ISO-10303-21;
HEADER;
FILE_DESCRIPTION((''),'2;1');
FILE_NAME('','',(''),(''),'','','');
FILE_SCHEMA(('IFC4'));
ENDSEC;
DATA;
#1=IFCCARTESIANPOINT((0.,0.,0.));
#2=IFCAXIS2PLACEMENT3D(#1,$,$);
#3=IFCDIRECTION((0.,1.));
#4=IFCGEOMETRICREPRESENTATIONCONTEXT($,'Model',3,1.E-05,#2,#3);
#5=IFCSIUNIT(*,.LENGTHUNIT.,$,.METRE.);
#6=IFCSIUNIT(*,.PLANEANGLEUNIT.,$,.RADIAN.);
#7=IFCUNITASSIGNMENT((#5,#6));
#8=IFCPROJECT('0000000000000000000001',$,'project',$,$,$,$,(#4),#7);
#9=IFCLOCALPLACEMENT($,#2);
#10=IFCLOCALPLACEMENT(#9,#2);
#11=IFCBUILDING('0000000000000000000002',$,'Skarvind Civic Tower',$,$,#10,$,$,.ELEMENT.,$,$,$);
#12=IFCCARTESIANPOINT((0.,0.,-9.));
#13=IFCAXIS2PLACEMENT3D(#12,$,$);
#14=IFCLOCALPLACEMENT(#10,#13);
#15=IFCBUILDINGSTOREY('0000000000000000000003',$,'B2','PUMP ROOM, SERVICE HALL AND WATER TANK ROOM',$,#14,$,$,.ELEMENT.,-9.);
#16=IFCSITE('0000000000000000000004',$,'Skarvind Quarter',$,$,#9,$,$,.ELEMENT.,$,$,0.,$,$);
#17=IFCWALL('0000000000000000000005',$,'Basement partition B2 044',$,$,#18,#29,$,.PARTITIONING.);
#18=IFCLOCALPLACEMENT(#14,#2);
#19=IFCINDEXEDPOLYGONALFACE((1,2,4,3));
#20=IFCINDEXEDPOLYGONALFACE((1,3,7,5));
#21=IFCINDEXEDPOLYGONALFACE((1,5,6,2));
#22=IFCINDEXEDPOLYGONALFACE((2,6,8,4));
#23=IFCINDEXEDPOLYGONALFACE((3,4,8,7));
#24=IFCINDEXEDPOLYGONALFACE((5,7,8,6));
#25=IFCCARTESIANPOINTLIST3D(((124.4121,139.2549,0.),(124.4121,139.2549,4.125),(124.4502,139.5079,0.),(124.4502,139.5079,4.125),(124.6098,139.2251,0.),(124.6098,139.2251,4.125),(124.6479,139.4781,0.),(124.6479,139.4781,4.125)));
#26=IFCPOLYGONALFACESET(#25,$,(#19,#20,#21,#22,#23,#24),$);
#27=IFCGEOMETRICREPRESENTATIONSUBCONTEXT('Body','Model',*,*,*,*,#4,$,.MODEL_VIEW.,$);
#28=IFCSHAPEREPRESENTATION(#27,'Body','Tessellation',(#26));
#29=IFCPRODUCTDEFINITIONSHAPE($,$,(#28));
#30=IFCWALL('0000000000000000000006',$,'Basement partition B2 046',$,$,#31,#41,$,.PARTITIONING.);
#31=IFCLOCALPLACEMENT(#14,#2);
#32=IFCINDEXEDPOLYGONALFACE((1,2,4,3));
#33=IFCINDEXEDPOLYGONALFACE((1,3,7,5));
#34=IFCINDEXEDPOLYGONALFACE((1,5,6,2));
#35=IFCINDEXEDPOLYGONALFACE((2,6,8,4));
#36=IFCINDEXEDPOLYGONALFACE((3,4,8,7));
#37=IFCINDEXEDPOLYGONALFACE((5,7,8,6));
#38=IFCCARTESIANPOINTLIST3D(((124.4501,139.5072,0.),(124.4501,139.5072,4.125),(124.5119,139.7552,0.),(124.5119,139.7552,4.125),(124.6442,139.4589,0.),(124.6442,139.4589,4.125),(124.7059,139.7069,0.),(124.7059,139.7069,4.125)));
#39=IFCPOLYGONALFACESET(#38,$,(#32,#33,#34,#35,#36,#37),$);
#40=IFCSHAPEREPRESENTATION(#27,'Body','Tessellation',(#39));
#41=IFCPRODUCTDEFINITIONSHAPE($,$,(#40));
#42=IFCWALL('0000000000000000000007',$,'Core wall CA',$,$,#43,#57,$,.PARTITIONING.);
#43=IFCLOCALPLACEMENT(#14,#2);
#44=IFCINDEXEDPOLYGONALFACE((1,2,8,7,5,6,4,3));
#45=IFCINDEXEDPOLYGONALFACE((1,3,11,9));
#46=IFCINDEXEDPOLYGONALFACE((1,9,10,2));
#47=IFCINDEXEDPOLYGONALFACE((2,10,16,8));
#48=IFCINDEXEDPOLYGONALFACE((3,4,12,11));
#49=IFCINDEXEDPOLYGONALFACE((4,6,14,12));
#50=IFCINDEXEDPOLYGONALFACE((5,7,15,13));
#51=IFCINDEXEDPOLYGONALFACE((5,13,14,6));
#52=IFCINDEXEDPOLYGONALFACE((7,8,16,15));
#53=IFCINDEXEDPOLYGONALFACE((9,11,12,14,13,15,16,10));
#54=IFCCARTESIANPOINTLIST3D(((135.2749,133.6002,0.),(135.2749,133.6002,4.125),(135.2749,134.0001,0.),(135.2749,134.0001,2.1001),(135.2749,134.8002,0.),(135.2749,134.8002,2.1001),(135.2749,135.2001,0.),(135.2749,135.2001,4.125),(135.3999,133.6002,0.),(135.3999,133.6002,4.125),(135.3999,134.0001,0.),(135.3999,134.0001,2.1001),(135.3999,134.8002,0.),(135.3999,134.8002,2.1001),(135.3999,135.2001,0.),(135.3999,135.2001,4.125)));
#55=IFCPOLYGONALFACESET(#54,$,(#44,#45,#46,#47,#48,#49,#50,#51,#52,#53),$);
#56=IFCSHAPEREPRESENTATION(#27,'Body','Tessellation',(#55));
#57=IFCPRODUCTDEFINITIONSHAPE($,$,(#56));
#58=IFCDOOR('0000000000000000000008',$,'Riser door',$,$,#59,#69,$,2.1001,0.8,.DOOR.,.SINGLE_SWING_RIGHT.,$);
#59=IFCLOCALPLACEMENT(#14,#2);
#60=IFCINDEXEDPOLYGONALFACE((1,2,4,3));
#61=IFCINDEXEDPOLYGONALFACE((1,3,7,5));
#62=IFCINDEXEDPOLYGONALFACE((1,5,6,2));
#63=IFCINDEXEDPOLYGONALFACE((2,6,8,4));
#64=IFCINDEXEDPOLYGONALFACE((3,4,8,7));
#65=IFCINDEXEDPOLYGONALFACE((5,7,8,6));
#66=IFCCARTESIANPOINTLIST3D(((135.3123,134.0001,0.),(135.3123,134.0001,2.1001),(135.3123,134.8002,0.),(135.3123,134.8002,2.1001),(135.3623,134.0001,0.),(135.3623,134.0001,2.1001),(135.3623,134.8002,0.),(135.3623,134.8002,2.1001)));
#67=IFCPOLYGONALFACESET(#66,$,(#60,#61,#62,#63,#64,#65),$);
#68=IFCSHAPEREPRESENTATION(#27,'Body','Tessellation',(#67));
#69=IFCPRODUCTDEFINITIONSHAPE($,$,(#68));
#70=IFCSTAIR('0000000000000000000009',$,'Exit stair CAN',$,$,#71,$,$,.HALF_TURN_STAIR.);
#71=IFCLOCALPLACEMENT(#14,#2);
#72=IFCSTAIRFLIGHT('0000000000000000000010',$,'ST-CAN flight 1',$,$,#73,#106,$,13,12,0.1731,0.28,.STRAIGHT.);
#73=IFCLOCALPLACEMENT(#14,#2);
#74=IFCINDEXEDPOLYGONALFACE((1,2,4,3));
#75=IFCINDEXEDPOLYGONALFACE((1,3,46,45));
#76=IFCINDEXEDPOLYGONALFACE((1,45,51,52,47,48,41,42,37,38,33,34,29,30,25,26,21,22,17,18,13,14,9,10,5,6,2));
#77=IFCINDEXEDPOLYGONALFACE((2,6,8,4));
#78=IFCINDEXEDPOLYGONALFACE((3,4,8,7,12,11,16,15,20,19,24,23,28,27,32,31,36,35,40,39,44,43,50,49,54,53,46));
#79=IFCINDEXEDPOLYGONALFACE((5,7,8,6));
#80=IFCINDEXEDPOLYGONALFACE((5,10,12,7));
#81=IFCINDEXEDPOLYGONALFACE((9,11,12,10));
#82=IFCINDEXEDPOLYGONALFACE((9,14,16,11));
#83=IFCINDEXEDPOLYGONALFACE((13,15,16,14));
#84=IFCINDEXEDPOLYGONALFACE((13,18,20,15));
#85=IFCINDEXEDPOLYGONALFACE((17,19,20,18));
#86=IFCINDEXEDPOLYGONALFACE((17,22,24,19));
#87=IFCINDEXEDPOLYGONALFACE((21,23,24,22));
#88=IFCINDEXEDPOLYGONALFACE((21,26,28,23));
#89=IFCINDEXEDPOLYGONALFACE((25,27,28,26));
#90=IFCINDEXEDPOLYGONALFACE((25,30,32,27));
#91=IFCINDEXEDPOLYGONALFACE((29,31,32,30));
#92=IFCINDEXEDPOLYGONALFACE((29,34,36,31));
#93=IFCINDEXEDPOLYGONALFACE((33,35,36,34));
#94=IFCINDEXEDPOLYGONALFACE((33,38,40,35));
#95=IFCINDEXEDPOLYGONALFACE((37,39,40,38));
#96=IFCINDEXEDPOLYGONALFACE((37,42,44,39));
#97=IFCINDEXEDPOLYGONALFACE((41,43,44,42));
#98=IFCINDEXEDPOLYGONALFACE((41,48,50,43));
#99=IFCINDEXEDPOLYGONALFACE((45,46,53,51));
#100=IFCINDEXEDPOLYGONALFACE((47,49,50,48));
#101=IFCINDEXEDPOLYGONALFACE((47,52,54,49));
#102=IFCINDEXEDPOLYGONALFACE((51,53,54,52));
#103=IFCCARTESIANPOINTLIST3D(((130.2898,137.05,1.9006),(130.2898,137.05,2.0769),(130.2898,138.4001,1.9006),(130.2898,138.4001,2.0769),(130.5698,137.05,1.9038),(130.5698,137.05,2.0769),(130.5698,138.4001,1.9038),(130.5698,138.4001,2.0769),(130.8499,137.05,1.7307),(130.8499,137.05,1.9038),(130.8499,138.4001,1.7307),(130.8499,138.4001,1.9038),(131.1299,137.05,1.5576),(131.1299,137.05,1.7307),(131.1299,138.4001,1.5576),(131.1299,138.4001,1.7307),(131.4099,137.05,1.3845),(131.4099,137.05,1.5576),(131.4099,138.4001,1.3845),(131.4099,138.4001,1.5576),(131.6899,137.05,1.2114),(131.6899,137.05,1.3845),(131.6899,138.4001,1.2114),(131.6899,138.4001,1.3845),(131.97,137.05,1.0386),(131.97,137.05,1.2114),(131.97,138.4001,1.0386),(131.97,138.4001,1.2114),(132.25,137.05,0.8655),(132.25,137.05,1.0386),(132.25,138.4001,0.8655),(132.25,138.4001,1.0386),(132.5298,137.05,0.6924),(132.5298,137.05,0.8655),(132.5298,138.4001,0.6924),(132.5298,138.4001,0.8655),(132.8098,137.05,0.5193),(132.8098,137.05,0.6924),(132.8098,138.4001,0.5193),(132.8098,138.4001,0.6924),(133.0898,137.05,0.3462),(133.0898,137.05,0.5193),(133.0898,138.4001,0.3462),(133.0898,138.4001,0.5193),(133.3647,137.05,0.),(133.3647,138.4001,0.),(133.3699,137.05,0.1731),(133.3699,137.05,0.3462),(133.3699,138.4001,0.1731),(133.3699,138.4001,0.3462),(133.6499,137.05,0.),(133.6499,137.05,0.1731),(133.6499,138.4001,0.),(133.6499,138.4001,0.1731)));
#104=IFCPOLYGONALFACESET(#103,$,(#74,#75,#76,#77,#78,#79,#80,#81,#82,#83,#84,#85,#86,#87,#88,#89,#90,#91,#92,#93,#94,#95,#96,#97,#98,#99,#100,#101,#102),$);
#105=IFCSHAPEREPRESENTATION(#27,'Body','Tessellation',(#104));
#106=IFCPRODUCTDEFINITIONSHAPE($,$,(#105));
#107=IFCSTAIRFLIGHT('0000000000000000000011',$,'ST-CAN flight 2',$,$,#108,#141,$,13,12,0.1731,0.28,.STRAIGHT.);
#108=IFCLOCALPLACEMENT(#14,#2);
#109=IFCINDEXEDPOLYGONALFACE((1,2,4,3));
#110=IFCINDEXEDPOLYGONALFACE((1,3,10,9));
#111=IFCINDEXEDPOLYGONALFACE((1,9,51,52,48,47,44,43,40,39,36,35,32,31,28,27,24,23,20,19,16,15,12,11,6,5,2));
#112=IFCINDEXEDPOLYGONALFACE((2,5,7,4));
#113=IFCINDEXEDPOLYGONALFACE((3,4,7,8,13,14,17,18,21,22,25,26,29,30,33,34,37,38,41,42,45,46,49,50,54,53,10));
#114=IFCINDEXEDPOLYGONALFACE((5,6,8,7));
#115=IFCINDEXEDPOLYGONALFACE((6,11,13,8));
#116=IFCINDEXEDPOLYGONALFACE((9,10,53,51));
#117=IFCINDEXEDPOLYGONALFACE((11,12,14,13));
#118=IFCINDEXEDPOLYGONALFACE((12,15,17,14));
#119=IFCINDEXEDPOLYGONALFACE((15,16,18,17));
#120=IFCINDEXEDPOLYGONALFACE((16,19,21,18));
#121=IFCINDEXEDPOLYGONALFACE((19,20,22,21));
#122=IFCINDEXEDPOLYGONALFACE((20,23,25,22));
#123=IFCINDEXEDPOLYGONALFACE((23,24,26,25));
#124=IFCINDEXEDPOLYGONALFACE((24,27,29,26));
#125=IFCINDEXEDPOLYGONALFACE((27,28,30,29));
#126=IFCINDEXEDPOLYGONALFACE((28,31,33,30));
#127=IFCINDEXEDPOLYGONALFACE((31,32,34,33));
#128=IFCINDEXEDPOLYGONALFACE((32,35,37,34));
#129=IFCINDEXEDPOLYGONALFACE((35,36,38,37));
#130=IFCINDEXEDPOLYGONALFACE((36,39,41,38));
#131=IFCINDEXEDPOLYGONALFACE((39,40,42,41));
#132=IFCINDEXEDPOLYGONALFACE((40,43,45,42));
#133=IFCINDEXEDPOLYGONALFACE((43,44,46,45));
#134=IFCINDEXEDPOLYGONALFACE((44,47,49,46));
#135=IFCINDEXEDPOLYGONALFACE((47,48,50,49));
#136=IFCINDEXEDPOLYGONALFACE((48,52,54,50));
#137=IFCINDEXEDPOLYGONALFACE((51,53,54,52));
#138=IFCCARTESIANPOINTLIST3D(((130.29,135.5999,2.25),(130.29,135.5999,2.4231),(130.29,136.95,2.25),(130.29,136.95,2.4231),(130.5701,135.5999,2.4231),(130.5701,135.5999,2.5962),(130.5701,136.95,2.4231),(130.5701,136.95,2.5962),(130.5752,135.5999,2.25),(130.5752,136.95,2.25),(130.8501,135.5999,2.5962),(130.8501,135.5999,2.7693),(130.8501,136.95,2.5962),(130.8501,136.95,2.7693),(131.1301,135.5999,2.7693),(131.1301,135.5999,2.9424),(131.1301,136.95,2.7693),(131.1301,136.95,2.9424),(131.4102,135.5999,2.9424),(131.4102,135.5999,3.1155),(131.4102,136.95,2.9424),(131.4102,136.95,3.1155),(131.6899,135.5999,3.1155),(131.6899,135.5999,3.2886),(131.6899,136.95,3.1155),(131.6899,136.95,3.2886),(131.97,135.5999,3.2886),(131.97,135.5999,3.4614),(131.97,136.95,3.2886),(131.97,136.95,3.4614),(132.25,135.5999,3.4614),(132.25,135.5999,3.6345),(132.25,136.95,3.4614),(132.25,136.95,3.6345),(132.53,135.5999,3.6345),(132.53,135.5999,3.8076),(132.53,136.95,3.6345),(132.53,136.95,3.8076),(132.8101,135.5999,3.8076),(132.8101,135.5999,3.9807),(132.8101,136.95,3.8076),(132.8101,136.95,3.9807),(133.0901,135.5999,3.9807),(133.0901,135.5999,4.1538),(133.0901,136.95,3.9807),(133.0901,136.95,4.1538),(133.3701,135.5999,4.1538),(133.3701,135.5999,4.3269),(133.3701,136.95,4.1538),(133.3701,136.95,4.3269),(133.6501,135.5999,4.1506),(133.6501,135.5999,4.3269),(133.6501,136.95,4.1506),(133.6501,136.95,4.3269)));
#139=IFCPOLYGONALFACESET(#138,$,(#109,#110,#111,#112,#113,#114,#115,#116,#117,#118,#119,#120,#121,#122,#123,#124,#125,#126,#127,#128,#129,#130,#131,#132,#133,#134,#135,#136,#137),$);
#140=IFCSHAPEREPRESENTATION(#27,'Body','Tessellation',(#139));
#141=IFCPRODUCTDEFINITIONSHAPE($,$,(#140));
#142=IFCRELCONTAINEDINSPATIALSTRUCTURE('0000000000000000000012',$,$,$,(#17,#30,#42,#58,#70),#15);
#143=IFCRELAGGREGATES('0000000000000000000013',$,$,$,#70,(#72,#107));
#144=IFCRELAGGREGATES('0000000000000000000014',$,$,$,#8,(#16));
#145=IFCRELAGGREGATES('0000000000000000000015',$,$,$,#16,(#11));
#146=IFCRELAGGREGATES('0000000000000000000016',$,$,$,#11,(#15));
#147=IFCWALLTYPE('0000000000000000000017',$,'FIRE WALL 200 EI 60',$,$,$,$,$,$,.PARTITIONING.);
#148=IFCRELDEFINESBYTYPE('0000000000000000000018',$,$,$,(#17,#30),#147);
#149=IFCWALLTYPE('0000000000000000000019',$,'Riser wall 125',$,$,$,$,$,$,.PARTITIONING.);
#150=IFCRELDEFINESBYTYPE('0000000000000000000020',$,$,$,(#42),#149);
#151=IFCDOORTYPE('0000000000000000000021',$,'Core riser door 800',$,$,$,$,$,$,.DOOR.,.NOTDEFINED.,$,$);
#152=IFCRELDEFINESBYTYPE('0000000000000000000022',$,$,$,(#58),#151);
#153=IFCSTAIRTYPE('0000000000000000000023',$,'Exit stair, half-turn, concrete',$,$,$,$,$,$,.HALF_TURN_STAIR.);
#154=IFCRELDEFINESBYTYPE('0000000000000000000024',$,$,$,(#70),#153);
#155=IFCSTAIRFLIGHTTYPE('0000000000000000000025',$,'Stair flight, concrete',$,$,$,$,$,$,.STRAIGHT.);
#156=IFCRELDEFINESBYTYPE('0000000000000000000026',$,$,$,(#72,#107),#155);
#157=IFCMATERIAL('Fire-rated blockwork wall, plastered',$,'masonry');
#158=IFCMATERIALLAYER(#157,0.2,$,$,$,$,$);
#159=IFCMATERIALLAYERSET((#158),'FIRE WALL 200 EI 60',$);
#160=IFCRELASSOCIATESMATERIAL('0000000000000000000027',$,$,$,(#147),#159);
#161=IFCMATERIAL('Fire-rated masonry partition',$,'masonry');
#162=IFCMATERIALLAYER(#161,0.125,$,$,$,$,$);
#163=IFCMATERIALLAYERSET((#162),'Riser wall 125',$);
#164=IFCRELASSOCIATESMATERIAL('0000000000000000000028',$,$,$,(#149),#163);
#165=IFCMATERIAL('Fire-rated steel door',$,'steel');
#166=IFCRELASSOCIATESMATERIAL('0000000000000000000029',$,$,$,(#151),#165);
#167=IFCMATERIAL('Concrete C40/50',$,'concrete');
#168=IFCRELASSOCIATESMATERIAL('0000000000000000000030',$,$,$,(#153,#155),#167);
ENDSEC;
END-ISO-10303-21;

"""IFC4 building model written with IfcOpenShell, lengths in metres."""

from ifc_helpers import new_model, si_unit, direction, frame, frame_2d, origin, place, context, subcontext, project, spatial, polyline, rectangle, outline, extrude, material, layer, layer_set, type_object, element, fill, aggregate, save


model = new_model("IFC4")

# Units and contexts
model_context = context("Model", 3, precision=1e-05, world=origin(), true_north=direction((0.0, 1.0)))
body_context = subcontext(model_context, "Body", "Model", "MODEL_VIEW")
ifc_project = project(units=[si_unit("LENGTHUNIT", "METRE"), si_unit("PLANEANGLEUNIT", "RADIAN")], contexts=[model_context])

# Site, building, storey
site_placement = place(None, origin())
site = spatial("IfcSite", under=ifc_project, at=site_placement, Name="Skarvind Quarter", CompositionType="ELEMENT", RefElevation=0.0)
building_placement = place(site_placement, origin())
building = spatial("IfcBuilding", under=site, at=building_placement, Name="Skarvind Civic Tower", CompositionType="ELEMENT")
storey_placement = place(building_placement, frame((0.0, 0.0, -9.0)))
storey = spatial("IfcBuildingStorey", under=building, at=storey_placement, Name="B2", Description="PUMP ROOM, SERVICE HALL AND WATER TANK ROOM", CompositionType="ELEMENT", Elevation=-9.0)

# Shared definitions
ifc_material_1 = material(Name="Fire-rated steel door", Category="steel")

# Walls
ifc_material_2 = material(Name="Fire-rated blockwork wall, plastered", Category="masonry")
ifc_layer_1 = layer(ifc_material_2, 0.2)
ifc_layer_set_1 = layer_set([ifc_layer_1], Name="FIRE WALL 200 EI 60")
wall_type_1 = type_object("IfcWallType", Name="FIRE WALL 200 EI 60", PredefinedType="PARTITIONING", material=ifc_layer_set_1)
wall_1_placement = place(storey_placement, frame((124.511, 139.24, 0.0), z_axis=(0.0, 0.0, 1.0), x_axis=(0.148901, 0.988852, 0.0)))
element("IfcWall", 1, at=wall_1_placement, inside=storey, type_object=wall_type_1, Name="Basement partition B2 044", PredefinedType="PARTITIONING", context=body_context, shape_type="SweptSolid", body=[
    extrude(rectangle(XDim=0.2559, YDim=0.2, at=frame_2d((0.1279, 0.0))), origin(), (0.0, 0.0, 1.0), 4.125),
])
wall_2_placement = place(storey_placement, frame((124.5471, 139.4829, 0.0), z_axis=(0.0, 0.0, 1.0), x_axis=(0.241637, 0.970367, 0.0)))
element("IfcWall", 2, at=wall_2_placement, inside=storey, type_object=wall_type_1, Name="Basement partition B2 046", PredefinedType="PARTITIONING", context=body_context, shape_type="SweptSolid", body=[
    extrude(rectangle(XDim=0.2556, YDim=0.2, at=frame_2d((0.1279, 0.0))), origin(), (0.0, 0.0, 1.0), 4.125),
])

# Wall, opening, door
ifc_material_3 = material(Name="Fire-rated masonry partition", Category="masonry")
ifc_layer_2 = layer(ifc_material_3, 0.125)
ifc_layer_set_2 = layer_set([ifc_layer_2], Name="Riser wall 125")
wall_type_2 = type_object("IfcWallType", Name="Riser wall 125", PredefinedType="PARTITIONING", material=ifc_layer_set_2)
wall_3_placement = place(storey_placement, frame((135.3374, 135.2, 0.0), z_axis=(0.0, 0.0, 1.0), x_axis=(0.0, -1.0, 0.0)))
wall_3 = element("IfcWall", 3, at=wall_3_placement, inside=storey, type_object=wall_type_2, Name="Core wall CA", PredefinedType="PARTITIONING", context=body_context, shape_type="SweptSolid", body=[
    extrude(rectangle(XDim=1.5999, YDim=0.125, at=frame_2d((0.7998, 0.0))), origin(), (0.0, 0.0, 1.0), 4.125),
])
opening_1_placement = place(wall_3_placement, frame((0.3999, 0.0, 0.0)))
opening_1 = element("IfcOpeningElement", 4, at=opening_1_placement, cuts=wall_3, PredefinedType="OPENING", context=body_context, shape_type="SweptSolid", body=[
    extrude(rectangle(XDim=0.8, YDim=2.1001, at=frame_2d((0.3999, 1.05))), frame((0.0, 0.0725, 0.0), z_axis=(0.0, -1.0, 0.0), x_axis=(1.0, 0.0, 0.0)), (0.0, 0.0, 1.0), 0.145),
])
door_type_1 = type_object("IfcDoorType", Name="Core riser door 800", OperationType="NOTDEFINED", PredefinedType="DOOR", material=ifc_material_1)
door_1_placement = place(opening_1_placement, origin())
door_1 = element("IfcDoor", 5, at=door_1_placement, inside=storey, type_object=door_type_1, Name="Riser door", OperationType="SINGLE_SWING_RIGHT", OverallHeight=2.1001, OverallWidth=0.8, PredefinedType="DOOR", context=body_context, shape_type="SweptSolid", body=[
    extrude(rectangle(XDim=0.8, YDim=2.1001, at=frame_2d((0.3999, 1.05))), frame((0.0, 0.0249, 0.0), z_axis=(0.0, -1.0, 0.0), x_axis=(1.0, 0.0, 0.0)), (0.0, 0.0, 1.0), 0.05),
])
fill(opening_1, door_1)

# Stair, stair flights
ifc_material_4 = material(Name="Concrete C40/50", Category="concrete")
stair_type = type_object("IfcStairType", Name="Exit stair, half-turn, concrete", PredefinedType="HALF_TURN_STAIR", material=ifc_material_4)
stair_placement = place(storey_placement, origin())
stair = element("IfcStair", 6, at=stair_placement, inside=storey, type_object=stair_type, Name="Exit stair CAN", PredefinedType="HALF_TURN_STAIR")
stair_flight_type = type_object("IfcStairFlightType", Name="Stair flight, concrete", PredefinedType="STRAIGHT", material=ifc_material_4)
stair_flight_1_placement = place(storey_placement, frame((133.6499, 137.7251, 0.0), z_axis=(0.0, 0.0, 1.0), x_axis=(-1.0, 0.0, 0.0)))
stair_flight_1 = element("IfcStairFlight", 7, at=stair_flight_1_placement, type_object=stair_flight_type, Name="ST-CAN flight 1", NumberOfRisers=13, NumberOfTreads=12, PredefinedType="STRAIGHT", RiserHeight=0.1731, TreadLength=0.28, context=body_context, shape_type="SweptSolid", body=[
    extrude(outline(polyline([(0.0, 0.0), (0.0, 0.1731), (0.28, 0.1731), (0.28, 0.3462), (0.5601, 0.3462), (0.5601, 0.5193), (0.8401, 0.5193), (0.8401, 0.6924), (1.1201, 0.6924), (1.1201, 0.8655), (1.3999, 0.8655), (1.3999, 1.0386), (1.6799, 1.0386), (1.6799, 1.2114), (1.96, 1.2114), (1.96, 1.3845), (2.24, 1.3845), (2.24, 1.5576), (2.52, 1.5576), (2.52, 1.7307), (2.8, 1.7307), (2.8, 1.9038), (3.0801, 1.9038), (3.0801, 2.0769), (3.3601, 2.0769), (3.3601, 2.25), (3.3601, 1.9006), (0.2852, 0.0), (0.0, 0.0)])), frame((0.0, 0.675, 0.0), z_axis=(0.0, -1.0, 0.0), x_axis=(1.0, 0.0, 0.0)), (0.0, 0.0, 1.0), 1.3501),
])
stair_flight_2_placement = place(storey_placement, frame((130.29, 136.2749, 2.25), z_axis=(0.0, 0.0, 1.0), x_axis=(1.0, 0.0, 0.0)))
stair_flight_2 = element("IfcStairFlight", 8, at=stair_flight_2_placement, type_object=stair_flight_type, Name="ST-CAN flight 2", NumberOfRisers=13, NumberOfTreads=12, PredefinedType="STRAIGHT", RiserHeight=0.1731, TreadLength=0.28, context=body_context, shape_type="SweptSolid", body=[
    extrude(outline(polyline([(0.0, 0.0), (0.0, 0.1731), (0.28, 0.1731), (0.28, 0.3462), (0.5601, 0.3462), (0.5601, 0.5193), (0.8401, 0.5193), (0.8401, 0.6924), (1.1201, 0.6924), (1.1201, 0.8655), (1.3999, 0.8655), (1.3999, 1.0386), (1.6799, 1.0386), (1.6799, 1.2114), (1.96, 1.2114), (1.96, 1.3845), (2.24, 1.3845), (2.24, 1.5576), (2.52, 1.5576), (2.52, 1.7307), (2.8, 1.7307), (2.8, 1.9038), (3.0801, 1.9038), (3.0801, 2.0769), (3.3601, 2.0769), (3.3601, 2.25), (3.3601, 1.9006), (0.2852, 0.0), (0.0, 0.0)])), frame((0.0, 0.675, 0.0), z_axis=(0.0, -1.0, 0.0), x_axis=(1.0, 0.0, 0.0)), (0.0, 0.0, 1.0), 1.3501),
])
aggregate(stair, [stair_flight_1, stair_flight_2])

save(model, "model.ifc")
